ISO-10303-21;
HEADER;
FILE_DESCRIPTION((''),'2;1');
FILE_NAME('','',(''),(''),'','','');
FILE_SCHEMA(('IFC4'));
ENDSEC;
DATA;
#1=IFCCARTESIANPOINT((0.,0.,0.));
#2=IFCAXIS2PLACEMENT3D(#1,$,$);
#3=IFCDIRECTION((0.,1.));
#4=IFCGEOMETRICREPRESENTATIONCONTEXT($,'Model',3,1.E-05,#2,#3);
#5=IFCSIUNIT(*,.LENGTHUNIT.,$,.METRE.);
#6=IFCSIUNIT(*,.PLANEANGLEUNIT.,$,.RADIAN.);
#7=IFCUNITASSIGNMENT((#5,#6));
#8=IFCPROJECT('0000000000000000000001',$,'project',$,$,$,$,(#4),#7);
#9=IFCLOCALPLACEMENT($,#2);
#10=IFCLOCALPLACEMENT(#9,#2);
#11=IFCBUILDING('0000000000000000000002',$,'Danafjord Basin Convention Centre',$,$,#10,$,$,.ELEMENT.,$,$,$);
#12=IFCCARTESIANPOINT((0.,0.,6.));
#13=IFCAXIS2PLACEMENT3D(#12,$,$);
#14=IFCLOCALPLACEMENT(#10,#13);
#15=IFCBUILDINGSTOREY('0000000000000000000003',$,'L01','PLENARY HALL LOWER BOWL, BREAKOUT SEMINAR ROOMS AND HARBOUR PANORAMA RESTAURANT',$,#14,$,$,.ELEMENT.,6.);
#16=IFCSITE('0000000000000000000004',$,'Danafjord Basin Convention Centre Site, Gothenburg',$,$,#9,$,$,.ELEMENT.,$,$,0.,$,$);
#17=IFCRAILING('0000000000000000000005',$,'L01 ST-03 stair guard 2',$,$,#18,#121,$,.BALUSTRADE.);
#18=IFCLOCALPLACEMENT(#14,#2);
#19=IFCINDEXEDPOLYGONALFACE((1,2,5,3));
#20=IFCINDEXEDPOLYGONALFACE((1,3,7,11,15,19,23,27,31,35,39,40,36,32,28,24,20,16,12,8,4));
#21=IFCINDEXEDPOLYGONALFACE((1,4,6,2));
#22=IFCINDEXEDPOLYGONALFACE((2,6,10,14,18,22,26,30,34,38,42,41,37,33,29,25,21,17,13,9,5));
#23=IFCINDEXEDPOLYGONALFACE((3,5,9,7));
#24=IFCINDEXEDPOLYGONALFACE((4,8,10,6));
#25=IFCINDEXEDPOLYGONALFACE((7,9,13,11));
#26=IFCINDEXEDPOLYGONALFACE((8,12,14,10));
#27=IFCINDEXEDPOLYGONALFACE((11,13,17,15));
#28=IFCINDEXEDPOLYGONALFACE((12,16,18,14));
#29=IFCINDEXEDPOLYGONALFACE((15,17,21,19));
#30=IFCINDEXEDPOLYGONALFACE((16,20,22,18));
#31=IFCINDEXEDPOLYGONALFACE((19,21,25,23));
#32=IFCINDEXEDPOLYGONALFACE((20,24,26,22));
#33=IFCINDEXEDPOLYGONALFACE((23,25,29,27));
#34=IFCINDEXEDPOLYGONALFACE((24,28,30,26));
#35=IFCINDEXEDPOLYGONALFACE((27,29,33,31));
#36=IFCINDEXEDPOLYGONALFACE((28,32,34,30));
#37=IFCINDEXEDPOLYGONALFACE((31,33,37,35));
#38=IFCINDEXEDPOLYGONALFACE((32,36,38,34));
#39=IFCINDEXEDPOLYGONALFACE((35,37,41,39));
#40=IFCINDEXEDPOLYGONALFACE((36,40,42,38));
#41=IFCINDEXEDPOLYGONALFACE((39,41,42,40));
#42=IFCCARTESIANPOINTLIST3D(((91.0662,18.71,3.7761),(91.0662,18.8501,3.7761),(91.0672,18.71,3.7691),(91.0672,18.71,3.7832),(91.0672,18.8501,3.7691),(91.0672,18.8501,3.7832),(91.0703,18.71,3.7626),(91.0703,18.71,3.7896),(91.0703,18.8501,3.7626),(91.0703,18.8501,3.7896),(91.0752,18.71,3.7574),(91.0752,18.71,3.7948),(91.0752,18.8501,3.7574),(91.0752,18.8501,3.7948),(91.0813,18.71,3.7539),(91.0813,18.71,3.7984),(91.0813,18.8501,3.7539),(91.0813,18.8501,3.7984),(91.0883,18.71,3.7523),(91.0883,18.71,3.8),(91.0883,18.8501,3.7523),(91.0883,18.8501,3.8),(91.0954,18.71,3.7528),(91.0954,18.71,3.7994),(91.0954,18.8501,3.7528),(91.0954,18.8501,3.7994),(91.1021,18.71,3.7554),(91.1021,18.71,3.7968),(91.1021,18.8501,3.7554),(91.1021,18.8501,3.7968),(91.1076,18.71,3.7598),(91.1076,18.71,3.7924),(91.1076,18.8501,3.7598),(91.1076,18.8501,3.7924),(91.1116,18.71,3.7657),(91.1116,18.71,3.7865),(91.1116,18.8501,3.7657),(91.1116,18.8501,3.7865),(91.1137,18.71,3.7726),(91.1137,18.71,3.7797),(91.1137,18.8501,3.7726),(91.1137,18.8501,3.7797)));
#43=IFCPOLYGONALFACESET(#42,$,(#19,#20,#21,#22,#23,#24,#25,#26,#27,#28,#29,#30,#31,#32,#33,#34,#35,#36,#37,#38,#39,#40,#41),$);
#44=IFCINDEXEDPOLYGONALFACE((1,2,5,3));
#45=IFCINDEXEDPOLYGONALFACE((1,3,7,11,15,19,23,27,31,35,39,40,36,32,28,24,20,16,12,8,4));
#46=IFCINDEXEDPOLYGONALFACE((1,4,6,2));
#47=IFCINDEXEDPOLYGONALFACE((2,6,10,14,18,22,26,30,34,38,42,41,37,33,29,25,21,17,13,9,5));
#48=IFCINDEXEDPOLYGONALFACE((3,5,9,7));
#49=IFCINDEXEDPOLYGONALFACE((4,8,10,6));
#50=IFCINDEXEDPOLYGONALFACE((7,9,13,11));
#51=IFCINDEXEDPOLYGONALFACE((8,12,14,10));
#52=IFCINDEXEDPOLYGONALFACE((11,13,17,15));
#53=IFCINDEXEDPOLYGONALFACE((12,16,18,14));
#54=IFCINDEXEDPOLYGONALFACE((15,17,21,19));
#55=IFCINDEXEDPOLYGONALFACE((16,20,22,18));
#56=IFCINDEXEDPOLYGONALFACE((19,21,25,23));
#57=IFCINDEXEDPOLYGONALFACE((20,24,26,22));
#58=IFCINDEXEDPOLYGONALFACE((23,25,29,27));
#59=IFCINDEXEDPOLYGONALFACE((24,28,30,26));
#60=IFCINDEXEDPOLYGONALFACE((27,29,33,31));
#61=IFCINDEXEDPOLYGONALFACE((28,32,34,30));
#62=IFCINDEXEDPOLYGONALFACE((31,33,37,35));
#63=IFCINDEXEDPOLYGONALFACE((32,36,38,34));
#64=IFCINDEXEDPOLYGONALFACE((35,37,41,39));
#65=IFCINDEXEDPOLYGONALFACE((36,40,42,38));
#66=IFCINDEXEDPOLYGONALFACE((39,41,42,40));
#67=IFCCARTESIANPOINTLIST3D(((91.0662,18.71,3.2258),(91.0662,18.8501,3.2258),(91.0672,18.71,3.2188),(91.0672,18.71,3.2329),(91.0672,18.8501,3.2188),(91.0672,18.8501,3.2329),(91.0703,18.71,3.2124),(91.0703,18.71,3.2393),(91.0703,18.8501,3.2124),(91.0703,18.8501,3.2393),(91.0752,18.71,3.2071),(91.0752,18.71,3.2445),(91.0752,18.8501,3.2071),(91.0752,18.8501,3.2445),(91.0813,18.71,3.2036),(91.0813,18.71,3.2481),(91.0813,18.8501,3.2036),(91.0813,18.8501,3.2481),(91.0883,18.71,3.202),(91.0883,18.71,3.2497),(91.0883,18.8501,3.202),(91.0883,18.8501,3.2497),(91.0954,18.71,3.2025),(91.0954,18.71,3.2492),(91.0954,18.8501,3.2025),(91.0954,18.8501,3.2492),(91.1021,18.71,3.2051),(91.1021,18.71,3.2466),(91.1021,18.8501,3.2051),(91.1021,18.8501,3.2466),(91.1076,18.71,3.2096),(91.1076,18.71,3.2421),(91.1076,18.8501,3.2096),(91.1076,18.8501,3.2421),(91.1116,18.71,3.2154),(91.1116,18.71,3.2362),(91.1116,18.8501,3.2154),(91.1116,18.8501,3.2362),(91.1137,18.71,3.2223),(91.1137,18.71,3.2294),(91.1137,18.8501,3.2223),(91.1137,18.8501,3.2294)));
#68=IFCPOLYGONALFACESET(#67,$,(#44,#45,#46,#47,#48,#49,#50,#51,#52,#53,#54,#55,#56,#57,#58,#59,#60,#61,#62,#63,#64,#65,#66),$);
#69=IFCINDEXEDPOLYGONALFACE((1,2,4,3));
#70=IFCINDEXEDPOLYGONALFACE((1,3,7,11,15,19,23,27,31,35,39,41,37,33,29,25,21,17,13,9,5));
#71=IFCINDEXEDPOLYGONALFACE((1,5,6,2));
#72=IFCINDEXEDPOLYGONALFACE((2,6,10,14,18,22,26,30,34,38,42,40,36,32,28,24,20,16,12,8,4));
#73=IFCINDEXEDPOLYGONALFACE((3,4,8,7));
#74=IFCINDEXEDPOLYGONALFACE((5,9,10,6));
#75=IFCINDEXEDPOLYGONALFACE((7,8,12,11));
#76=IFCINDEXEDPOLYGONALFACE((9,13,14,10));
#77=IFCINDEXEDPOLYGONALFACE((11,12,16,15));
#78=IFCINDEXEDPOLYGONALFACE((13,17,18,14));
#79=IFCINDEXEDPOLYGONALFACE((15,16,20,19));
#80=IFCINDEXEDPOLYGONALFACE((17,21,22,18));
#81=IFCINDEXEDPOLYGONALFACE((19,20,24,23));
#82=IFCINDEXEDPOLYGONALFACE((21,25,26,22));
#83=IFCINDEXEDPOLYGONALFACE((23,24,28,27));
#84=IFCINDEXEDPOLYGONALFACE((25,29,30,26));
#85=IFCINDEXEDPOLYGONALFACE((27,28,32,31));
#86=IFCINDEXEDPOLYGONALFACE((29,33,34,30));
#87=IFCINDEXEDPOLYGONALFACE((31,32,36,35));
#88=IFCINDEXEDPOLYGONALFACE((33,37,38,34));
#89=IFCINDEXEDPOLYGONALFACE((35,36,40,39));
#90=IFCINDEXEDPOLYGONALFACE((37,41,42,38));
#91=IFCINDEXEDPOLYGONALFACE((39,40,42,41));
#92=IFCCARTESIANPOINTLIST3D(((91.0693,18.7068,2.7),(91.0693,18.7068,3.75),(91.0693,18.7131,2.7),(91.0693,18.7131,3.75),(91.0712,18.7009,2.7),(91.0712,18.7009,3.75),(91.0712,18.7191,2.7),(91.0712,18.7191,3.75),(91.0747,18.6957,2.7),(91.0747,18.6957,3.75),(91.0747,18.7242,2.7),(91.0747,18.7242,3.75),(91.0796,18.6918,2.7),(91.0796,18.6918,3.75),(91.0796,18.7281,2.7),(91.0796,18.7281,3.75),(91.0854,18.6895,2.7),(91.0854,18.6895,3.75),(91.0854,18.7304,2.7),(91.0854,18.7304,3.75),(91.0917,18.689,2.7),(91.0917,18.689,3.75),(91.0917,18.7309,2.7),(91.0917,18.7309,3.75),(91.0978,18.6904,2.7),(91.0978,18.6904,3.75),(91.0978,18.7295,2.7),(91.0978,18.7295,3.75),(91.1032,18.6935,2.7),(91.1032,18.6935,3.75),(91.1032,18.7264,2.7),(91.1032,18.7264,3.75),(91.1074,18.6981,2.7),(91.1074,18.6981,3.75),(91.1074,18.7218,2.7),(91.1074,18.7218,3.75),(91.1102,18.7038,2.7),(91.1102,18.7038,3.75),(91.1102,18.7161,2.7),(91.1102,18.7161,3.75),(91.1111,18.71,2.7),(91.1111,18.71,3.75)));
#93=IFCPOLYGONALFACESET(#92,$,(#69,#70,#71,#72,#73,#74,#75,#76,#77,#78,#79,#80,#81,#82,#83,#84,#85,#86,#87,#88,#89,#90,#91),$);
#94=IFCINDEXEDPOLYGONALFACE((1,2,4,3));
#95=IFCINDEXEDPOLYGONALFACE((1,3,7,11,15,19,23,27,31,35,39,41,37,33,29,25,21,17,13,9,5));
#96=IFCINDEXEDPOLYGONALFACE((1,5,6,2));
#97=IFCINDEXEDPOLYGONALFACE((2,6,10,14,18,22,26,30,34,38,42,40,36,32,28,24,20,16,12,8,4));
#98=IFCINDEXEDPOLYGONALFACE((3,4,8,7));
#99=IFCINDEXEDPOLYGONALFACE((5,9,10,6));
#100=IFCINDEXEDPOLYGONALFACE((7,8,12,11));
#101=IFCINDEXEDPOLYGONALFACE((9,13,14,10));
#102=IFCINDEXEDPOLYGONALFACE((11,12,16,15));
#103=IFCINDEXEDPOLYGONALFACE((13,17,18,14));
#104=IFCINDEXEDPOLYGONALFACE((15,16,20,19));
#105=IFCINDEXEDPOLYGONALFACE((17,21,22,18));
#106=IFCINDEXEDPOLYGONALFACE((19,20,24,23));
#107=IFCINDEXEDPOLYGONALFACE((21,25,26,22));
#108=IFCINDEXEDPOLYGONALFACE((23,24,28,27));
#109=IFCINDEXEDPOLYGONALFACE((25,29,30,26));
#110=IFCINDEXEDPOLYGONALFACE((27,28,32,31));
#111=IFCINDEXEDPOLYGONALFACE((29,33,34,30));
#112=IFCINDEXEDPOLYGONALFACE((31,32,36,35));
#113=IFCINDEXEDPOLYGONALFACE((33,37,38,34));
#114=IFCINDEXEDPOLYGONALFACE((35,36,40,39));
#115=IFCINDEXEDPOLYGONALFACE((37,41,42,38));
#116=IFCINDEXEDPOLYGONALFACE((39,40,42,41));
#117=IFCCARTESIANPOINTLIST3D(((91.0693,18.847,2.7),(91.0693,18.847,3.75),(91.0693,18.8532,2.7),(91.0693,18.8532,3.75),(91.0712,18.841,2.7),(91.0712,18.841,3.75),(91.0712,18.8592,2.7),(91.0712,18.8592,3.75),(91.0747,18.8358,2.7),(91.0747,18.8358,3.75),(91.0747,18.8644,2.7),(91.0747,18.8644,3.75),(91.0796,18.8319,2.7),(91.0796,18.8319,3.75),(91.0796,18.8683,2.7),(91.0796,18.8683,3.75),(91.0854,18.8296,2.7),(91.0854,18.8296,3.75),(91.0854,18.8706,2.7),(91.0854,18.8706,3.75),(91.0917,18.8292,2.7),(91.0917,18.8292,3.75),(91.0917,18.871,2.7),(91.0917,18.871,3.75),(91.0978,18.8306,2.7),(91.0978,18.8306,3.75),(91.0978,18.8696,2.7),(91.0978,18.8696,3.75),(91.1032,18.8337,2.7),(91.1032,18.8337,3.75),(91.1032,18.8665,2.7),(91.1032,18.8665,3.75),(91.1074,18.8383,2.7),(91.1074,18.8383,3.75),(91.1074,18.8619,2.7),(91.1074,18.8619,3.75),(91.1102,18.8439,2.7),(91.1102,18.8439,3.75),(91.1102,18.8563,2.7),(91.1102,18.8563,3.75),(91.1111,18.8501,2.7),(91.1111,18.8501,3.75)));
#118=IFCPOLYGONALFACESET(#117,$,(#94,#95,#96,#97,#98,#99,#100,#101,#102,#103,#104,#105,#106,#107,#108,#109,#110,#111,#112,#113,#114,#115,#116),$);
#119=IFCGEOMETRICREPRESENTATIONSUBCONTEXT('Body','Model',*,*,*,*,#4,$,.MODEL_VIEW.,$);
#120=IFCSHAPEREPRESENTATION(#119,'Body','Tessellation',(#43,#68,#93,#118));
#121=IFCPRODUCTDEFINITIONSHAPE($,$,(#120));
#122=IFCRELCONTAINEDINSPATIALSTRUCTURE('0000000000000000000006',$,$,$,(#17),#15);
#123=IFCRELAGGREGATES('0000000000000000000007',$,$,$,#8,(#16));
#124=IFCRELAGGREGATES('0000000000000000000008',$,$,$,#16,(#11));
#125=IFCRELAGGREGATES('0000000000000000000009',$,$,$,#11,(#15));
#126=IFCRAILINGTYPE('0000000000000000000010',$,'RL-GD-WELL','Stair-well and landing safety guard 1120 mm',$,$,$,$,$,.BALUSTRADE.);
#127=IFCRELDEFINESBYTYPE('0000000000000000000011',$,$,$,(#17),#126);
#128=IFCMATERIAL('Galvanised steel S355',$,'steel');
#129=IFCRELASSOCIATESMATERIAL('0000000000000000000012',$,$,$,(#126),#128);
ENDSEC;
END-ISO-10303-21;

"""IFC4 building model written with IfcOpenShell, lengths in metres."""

from ifc_helpers import new_model, si_unit, direction, frame, origin, origin_2d, place, context, subcontext, project, spatial, circle, extrude, material, type_object, element, save


model = new_model("IFC4")

# Units and contexts
model_context = context("Model", 3, precision=1e-05, world=origin(), true_north=direction((0.0, 1.0)))
body_context = subcontext(model_context, "Body", "Model", "MODEL_VIEW")
ifc_project = project(units=[si_unit("LENGTHUNIT", "METRE"), si_unit("PLANEANGLEUNIT", "RADIAN")], contexts=[model_context])

# Site, building, storey
site_placement = place(None, origin())
site = spatial("IfcSite", under=ifc_project, at=site_placement, Name="Danafjord Basin Convention Centre Site, Gothenburg", CompositionType="ELEMENT", RefElevation=0.0)
building_placement = place(site_placement, origin())
building = spatial("IfcBuilding", under=site, at=building_placement, Name="Danafjord Basin Convention Centre", CompositionType="ELEMENT")
storey_placement = place(building_placement, frame((0.0, 0.0, 6.0)))
storey = spatial("IfcBuildingStorey", under=building, at=storey_placement, Name="L01", Description="PLENARY HALL LOWER BOWL, BREAKOUT SEMINAR ROOMS AND HARBOUR PANORAMA RESTAURANT", CompositionType="ELEMENT", Elevation=6.0)

# Railing
ifc_material_1 = material(Name="Galvanised steel S355", Category="steel")
railing_type_1 = type_object("IfcRailingType", Name="RL-GD-WELL", Description="Stair-well and landing safety guard 1120 mm", PredefinedType="BALUSTRADE", material=ifc_material_1)
railing_1_placement = place(storey_placement, frame((91.0901, 18.71, 2.7)))
element("IfcRailing", 1, at=railing_1_placement, inside=storey, type_object=railing_type_1, Name="L01 ST-03 stair guard 2", PredefinedType="BALUSTRADE", context=body_context, shape_type="SweptSolid", body=[
    extrude(circle(Radius=0.0239, at=origin_2d()), frame((0.0, 0.0, 1.0762), z_axis=(0.0, 1.0, 0.0), x_axis=(-1.0, 0.0, 0.0)), (0.0, 0.0, 1.0), 0.1401),
    extrude(circle(Radius=0.0239, at=origin_2d()), frame((0.0, 0.0, 0.5259), z_axis=(0.0, 1.0, 0.0), x_axis=(-1.0, 0.0, 0.0)), (0.0, 0.0, 1.0), 0.1401),
    extrude(circle(Radius=0.021, at=origin_2d()), origin(), (0.0, 0.0, 1.0), 1.05),
    extrude(circle(Radius=0.021, at=origin_2d()), frame((0.0, 0.1401, 0.0)), (0.0, 0.0, 1.0), 1.05),
])

save(model, "model.ifc")
